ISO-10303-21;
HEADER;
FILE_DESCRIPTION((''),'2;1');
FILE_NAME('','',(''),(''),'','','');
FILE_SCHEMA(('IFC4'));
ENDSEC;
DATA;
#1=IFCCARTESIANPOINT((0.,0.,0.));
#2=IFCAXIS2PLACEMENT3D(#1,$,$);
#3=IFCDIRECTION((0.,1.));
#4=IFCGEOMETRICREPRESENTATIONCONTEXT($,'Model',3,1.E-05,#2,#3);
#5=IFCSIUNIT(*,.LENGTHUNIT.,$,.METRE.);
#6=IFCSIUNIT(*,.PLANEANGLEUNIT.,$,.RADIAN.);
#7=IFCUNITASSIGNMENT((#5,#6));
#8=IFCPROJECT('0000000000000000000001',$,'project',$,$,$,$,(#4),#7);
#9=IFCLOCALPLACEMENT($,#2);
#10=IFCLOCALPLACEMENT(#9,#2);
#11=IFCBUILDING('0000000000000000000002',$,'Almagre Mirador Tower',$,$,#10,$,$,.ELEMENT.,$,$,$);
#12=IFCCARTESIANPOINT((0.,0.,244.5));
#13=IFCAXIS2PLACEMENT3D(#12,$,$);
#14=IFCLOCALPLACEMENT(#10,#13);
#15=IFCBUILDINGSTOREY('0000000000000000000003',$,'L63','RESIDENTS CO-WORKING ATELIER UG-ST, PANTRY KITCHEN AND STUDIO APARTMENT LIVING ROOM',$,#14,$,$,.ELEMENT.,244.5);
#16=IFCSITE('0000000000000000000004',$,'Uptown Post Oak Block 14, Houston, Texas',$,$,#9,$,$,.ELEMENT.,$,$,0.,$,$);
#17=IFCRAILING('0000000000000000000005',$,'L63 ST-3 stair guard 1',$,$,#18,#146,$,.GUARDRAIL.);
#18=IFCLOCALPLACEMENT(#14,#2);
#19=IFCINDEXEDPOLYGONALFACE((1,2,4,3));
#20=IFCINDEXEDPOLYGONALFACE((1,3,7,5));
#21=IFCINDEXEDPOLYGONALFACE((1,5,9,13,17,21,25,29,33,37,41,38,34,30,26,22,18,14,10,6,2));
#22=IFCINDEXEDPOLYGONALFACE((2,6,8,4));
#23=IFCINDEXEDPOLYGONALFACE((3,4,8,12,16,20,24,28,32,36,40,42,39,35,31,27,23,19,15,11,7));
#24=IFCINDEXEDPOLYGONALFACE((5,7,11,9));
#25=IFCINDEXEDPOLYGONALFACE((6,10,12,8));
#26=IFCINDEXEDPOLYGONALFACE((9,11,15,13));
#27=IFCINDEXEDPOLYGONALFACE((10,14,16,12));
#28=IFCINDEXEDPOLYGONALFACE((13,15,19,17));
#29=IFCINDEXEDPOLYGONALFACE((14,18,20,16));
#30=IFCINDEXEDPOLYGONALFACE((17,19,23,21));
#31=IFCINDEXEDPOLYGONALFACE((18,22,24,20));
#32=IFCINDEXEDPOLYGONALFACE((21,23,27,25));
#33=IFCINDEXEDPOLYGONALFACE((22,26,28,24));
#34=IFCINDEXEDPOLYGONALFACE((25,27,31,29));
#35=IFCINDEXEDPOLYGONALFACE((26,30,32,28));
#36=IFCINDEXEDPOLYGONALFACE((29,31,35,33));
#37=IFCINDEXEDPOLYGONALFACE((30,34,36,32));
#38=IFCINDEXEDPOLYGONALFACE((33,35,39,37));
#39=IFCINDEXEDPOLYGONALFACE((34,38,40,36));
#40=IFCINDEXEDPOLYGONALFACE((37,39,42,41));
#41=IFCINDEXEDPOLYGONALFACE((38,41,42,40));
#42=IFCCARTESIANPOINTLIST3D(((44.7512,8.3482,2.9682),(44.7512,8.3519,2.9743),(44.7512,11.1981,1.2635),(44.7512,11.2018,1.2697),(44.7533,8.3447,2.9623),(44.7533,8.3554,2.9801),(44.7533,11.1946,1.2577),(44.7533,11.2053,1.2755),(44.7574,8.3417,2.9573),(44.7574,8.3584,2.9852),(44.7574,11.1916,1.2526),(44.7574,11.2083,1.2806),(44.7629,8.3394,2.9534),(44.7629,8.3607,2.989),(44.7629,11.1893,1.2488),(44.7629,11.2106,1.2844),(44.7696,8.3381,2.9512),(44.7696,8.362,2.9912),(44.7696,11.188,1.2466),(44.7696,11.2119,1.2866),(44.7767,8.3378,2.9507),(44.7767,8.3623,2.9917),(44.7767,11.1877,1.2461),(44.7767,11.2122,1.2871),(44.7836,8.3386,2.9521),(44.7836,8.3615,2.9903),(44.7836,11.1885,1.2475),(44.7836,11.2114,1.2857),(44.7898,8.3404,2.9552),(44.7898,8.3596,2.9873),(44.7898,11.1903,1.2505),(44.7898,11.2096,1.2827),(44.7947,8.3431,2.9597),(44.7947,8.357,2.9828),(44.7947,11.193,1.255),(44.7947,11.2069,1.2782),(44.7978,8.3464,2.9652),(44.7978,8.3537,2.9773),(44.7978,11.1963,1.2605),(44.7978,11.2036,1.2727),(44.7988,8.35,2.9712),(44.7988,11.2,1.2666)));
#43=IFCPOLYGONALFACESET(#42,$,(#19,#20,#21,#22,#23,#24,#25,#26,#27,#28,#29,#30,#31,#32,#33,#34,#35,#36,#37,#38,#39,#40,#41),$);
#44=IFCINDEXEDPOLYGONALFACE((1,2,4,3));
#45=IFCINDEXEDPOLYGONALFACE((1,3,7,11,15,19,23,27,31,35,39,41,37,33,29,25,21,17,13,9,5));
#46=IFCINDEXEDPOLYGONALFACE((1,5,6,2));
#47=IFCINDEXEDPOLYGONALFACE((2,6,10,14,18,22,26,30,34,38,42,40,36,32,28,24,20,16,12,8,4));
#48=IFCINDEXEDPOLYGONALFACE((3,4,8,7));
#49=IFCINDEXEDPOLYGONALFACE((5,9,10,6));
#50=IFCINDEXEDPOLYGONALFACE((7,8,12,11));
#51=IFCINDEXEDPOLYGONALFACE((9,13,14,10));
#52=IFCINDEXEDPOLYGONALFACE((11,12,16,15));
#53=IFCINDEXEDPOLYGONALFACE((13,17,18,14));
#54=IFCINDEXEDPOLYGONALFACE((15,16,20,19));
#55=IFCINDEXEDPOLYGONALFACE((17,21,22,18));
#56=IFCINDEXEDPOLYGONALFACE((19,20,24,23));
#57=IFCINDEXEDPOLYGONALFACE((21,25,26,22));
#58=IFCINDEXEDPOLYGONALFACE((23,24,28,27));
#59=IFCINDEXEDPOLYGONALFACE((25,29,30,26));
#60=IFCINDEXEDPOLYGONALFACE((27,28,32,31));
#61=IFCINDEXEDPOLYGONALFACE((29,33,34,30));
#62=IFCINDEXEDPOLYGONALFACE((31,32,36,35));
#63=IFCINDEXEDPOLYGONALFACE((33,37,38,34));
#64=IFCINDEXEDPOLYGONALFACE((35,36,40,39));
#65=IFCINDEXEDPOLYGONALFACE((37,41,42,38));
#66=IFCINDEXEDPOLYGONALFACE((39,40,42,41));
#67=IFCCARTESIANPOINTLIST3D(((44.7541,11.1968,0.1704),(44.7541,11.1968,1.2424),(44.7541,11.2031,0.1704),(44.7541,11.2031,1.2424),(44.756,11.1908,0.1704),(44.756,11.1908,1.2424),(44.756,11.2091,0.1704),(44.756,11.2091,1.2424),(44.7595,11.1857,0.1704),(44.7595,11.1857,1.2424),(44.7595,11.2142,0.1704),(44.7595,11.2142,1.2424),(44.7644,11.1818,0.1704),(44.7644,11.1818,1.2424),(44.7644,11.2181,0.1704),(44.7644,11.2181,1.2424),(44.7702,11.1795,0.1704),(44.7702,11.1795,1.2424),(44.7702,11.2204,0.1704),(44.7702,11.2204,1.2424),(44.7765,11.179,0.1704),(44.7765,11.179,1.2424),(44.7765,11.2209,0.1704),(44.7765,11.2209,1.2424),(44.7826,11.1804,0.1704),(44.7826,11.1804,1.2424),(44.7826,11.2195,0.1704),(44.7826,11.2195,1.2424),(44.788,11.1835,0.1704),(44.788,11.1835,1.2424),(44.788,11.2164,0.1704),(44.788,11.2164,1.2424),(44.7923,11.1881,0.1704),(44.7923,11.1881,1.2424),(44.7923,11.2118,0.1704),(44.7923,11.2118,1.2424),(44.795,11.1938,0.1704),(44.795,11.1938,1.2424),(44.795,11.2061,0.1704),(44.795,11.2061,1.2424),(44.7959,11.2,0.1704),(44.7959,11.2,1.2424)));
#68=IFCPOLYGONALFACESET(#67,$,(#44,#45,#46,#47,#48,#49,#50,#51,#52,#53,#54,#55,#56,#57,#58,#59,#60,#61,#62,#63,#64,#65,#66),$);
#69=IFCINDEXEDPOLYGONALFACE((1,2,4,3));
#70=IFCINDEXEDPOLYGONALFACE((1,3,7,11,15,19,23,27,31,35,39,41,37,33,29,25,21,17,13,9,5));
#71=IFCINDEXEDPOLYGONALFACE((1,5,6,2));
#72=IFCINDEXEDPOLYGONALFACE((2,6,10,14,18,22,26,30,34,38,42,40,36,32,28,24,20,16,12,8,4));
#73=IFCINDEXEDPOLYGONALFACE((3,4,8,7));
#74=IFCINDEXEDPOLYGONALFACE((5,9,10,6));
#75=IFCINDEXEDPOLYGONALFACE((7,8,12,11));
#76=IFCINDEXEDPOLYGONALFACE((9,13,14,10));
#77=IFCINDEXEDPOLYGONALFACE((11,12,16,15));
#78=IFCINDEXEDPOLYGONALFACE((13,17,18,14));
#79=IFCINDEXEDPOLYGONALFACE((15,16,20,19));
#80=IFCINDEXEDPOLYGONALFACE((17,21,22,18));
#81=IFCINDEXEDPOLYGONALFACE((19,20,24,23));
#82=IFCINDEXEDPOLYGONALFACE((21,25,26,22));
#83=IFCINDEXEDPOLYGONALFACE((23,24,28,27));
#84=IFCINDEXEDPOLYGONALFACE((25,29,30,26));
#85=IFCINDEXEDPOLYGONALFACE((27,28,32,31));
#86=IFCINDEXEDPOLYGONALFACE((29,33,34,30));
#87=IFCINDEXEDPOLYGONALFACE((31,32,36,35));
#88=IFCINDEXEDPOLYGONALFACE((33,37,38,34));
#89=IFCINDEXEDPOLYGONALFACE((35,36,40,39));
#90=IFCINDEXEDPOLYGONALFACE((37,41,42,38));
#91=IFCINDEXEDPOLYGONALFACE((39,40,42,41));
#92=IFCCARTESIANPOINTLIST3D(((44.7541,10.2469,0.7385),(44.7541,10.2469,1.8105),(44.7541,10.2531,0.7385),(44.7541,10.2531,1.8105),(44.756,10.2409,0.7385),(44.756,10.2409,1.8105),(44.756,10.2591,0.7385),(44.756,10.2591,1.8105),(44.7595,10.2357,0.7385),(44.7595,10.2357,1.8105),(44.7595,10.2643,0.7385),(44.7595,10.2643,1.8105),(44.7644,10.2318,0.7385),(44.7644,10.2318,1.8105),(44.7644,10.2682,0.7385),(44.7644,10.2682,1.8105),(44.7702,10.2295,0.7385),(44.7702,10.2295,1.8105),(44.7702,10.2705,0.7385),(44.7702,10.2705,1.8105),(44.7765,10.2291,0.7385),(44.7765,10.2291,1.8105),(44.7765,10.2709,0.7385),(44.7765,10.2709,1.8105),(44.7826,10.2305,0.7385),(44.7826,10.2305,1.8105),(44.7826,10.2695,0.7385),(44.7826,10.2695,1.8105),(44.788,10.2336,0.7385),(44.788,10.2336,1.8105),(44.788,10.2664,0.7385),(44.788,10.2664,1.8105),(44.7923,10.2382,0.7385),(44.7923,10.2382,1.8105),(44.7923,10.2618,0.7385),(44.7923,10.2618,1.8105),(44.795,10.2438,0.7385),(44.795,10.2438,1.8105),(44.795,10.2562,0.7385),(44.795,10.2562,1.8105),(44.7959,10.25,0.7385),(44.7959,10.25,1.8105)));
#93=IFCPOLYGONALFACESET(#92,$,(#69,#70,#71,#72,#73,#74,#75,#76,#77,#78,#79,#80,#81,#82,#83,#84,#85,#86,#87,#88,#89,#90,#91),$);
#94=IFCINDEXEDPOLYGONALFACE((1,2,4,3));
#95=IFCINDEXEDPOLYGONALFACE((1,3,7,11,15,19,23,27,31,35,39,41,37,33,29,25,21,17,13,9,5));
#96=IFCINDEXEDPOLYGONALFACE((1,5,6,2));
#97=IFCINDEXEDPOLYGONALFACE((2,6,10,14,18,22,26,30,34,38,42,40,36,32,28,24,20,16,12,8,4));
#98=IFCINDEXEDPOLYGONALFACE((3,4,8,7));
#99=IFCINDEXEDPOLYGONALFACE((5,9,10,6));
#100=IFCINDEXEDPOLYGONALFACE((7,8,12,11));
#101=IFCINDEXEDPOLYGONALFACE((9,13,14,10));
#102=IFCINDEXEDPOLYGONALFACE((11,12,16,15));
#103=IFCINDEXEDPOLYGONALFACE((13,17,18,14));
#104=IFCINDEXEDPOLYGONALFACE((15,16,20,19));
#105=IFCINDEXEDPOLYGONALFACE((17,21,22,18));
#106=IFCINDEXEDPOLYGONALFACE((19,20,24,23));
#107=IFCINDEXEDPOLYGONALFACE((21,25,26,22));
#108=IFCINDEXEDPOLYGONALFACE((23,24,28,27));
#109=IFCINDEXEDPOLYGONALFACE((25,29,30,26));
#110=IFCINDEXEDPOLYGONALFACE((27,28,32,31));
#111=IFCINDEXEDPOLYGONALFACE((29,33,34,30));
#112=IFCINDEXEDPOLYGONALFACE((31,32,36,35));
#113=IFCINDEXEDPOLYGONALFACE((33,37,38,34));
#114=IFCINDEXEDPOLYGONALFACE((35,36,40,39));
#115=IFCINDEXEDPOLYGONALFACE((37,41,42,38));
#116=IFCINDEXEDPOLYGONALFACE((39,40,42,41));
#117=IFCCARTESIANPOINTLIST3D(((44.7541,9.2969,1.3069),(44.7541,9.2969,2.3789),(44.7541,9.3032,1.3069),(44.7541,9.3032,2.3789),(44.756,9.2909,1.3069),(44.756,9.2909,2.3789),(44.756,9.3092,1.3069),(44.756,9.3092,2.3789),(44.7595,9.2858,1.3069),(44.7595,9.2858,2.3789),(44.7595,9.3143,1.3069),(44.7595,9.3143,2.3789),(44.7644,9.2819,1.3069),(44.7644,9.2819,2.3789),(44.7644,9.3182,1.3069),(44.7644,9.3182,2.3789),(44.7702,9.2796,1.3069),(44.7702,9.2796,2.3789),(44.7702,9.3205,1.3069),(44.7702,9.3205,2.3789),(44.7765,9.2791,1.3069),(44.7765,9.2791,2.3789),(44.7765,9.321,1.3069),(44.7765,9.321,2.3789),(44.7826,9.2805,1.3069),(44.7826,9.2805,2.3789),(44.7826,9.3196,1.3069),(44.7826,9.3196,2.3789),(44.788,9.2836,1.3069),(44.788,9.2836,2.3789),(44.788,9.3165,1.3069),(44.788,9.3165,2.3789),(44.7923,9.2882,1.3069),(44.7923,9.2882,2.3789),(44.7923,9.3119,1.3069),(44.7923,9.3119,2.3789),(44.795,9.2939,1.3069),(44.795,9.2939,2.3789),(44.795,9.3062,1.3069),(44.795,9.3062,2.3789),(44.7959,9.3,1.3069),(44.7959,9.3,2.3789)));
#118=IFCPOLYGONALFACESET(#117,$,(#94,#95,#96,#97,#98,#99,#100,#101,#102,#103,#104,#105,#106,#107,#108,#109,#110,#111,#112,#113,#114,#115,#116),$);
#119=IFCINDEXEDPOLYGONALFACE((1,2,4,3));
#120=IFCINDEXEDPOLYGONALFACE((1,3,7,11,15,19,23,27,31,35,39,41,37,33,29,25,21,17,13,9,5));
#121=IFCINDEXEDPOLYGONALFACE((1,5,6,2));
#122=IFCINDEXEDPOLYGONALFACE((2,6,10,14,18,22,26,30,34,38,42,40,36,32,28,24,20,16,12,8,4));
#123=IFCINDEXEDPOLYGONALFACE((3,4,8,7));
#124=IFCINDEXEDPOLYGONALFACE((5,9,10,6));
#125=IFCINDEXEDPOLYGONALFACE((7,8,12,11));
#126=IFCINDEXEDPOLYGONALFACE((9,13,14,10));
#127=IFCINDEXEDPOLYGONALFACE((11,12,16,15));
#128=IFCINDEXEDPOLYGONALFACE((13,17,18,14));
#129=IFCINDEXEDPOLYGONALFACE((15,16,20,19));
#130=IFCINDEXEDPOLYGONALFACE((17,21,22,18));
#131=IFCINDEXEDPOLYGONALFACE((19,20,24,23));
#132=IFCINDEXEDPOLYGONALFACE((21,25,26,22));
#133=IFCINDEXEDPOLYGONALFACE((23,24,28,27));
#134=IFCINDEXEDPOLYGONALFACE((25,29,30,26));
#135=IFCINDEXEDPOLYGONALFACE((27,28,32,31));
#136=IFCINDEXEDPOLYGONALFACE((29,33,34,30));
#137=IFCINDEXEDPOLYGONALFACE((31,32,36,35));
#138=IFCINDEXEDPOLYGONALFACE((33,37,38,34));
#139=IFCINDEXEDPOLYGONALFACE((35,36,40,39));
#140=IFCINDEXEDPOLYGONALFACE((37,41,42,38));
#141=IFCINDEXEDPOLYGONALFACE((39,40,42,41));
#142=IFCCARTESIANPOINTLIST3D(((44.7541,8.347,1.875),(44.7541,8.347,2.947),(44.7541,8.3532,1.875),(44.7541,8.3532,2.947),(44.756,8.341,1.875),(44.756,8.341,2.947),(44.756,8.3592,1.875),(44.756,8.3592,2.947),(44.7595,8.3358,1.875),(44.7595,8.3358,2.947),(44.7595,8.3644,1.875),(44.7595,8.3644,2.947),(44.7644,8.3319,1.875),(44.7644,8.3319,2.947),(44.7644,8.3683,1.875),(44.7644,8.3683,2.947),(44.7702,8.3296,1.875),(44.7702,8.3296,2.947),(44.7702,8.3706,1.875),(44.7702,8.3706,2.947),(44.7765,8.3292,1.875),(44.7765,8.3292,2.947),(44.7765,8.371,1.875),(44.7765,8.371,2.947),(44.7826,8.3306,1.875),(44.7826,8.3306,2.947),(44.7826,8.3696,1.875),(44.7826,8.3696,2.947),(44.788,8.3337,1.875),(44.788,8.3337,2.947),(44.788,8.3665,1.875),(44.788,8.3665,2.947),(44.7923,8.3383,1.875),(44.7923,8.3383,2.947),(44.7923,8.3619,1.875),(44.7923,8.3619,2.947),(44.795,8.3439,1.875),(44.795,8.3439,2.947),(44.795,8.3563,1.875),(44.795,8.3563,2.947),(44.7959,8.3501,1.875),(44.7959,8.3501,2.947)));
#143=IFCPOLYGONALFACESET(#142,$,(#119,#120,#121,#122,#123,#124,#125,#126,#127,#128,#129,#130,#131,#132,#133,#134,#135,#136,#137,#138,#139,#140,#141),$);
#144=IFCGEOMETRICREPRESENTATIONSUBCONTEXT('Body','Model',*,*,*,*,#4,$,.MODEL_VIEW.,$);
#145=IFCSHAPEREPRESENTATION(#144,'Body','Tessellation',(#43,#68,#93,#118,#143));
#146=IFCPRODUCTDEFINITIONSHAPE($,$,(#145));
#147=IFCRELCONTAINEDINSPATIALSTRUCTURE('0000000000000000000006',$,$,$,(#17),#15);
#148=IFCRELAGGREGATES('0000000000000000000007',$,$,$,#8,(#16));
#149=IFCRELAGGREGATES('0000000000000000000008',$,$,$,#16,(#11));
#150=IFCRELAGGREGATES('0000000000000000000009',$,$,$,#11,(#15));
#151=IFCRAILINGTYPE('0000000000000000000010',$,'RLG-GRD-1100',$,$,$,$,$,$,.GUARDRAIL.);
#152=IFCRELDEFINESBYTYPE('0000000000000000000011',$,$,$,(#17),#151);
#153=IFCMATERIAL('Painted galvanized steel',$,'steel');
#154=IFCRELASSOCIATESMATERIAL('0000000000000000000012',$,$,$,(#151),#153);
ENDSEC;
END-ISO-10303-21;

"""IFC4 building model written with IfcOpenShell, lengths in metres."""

from ifc_helpers import new_model, si_unit, direction, frame, origin, origin_2d, place, context, subcontext, project, spatial, circle, extrude, material, type_object, element, save


model = new_model("IFC4")

# Units and contexts
model_context = context("Model", 3, precision=1e-05, world=origin(), true_north=direction((0.0, 1.0)))
body_context = subcontext(model_context, "Body", "Model", "MODEL_VIEW")
ifc_project = project(units=[si_unit("LENGTHUNIT", "METRE"), si_unit("PLANEANGLEUNIT", "RADIAN")], contexts=[model_context])

# Site, building, storey
site_placement = place(None, origin())
site = spatial("IfcSite", under=ifc_project, at=site_placement, Name="Uptown Post Oak Block 14, Houston, Texas", CompositionType="ELEMENT", RefElevation=0.0)
building_placement = place(site_placement, origin())
building = spatial("IfcBuilding", under=site, at=building_placement, Name="Almagre Mirador Tower", CompositionType="ELEMENT")
storey_placement = place(building_placement, frame((0.0, 0.0, 244.5)))
storey = spatial("IfcBuildingStorey", under=building, at=storey_placement, Name="L63", Description="RESIDENTS CO-WORKING ATELIER UG-ST, PANTRY KITCHEN AND STUDIO APARTMENT LIVING ROOM", CompositionType="ELEMENT", Elevation=244.5)

# Railing
ifc_material_1 = material(Name="Painted galvanized steel", Category="steel")
railing_type_1 = type_object("IfcRailingType", Name="RLG-GRD-1100", PredefinedType="GUARDRAIL", material=ifc_material_1)
railing_1_placement = place(storey_placement, frame((44.7749, 11.2, 0.1704)))
element("IfcRailing", 1, at=railing_1_placement, inside=storey, type_object=railing_type_1, Name="L63 ST-3 stair guard 1", PredefinedType="GUARDRAIL", context=body_context, shape_type="SweptSolid", body=[
    extrude(circle(Radius=0.0239, at=origin_2d()), frame((0.0, 0.0, 1.0962), z_axis=(0.0, -0.858199, 0.513317), x_axis=(1.0, 0.0, 0.0)), (0.0, 0.0, 1.0), 3.3208),
    extrude(circle(Radius=0.021, at=origin_2d()), origin(), (0.0, 0.0, 1.0), 1.072),
    extrude(circle(Radius=0.021, at=origin_2d()), frame((0.0, -0.95, 0.5681)), (0.0, 0.0, 1.0), 1.072),
    extrude(circle(Radius=0.021, at=origin_2d()), frame((0.0, -1.8999, 1.1365)), (0.0, 0.0, 1.0), 1.072),
    extrude(circle(Radius=0.021, at=origin_2d()), frame((0.0, -2.8499, 1.7046)), (0.0, 0.0, 1.0), 1.072),
])

save(model, "model.ifc")
